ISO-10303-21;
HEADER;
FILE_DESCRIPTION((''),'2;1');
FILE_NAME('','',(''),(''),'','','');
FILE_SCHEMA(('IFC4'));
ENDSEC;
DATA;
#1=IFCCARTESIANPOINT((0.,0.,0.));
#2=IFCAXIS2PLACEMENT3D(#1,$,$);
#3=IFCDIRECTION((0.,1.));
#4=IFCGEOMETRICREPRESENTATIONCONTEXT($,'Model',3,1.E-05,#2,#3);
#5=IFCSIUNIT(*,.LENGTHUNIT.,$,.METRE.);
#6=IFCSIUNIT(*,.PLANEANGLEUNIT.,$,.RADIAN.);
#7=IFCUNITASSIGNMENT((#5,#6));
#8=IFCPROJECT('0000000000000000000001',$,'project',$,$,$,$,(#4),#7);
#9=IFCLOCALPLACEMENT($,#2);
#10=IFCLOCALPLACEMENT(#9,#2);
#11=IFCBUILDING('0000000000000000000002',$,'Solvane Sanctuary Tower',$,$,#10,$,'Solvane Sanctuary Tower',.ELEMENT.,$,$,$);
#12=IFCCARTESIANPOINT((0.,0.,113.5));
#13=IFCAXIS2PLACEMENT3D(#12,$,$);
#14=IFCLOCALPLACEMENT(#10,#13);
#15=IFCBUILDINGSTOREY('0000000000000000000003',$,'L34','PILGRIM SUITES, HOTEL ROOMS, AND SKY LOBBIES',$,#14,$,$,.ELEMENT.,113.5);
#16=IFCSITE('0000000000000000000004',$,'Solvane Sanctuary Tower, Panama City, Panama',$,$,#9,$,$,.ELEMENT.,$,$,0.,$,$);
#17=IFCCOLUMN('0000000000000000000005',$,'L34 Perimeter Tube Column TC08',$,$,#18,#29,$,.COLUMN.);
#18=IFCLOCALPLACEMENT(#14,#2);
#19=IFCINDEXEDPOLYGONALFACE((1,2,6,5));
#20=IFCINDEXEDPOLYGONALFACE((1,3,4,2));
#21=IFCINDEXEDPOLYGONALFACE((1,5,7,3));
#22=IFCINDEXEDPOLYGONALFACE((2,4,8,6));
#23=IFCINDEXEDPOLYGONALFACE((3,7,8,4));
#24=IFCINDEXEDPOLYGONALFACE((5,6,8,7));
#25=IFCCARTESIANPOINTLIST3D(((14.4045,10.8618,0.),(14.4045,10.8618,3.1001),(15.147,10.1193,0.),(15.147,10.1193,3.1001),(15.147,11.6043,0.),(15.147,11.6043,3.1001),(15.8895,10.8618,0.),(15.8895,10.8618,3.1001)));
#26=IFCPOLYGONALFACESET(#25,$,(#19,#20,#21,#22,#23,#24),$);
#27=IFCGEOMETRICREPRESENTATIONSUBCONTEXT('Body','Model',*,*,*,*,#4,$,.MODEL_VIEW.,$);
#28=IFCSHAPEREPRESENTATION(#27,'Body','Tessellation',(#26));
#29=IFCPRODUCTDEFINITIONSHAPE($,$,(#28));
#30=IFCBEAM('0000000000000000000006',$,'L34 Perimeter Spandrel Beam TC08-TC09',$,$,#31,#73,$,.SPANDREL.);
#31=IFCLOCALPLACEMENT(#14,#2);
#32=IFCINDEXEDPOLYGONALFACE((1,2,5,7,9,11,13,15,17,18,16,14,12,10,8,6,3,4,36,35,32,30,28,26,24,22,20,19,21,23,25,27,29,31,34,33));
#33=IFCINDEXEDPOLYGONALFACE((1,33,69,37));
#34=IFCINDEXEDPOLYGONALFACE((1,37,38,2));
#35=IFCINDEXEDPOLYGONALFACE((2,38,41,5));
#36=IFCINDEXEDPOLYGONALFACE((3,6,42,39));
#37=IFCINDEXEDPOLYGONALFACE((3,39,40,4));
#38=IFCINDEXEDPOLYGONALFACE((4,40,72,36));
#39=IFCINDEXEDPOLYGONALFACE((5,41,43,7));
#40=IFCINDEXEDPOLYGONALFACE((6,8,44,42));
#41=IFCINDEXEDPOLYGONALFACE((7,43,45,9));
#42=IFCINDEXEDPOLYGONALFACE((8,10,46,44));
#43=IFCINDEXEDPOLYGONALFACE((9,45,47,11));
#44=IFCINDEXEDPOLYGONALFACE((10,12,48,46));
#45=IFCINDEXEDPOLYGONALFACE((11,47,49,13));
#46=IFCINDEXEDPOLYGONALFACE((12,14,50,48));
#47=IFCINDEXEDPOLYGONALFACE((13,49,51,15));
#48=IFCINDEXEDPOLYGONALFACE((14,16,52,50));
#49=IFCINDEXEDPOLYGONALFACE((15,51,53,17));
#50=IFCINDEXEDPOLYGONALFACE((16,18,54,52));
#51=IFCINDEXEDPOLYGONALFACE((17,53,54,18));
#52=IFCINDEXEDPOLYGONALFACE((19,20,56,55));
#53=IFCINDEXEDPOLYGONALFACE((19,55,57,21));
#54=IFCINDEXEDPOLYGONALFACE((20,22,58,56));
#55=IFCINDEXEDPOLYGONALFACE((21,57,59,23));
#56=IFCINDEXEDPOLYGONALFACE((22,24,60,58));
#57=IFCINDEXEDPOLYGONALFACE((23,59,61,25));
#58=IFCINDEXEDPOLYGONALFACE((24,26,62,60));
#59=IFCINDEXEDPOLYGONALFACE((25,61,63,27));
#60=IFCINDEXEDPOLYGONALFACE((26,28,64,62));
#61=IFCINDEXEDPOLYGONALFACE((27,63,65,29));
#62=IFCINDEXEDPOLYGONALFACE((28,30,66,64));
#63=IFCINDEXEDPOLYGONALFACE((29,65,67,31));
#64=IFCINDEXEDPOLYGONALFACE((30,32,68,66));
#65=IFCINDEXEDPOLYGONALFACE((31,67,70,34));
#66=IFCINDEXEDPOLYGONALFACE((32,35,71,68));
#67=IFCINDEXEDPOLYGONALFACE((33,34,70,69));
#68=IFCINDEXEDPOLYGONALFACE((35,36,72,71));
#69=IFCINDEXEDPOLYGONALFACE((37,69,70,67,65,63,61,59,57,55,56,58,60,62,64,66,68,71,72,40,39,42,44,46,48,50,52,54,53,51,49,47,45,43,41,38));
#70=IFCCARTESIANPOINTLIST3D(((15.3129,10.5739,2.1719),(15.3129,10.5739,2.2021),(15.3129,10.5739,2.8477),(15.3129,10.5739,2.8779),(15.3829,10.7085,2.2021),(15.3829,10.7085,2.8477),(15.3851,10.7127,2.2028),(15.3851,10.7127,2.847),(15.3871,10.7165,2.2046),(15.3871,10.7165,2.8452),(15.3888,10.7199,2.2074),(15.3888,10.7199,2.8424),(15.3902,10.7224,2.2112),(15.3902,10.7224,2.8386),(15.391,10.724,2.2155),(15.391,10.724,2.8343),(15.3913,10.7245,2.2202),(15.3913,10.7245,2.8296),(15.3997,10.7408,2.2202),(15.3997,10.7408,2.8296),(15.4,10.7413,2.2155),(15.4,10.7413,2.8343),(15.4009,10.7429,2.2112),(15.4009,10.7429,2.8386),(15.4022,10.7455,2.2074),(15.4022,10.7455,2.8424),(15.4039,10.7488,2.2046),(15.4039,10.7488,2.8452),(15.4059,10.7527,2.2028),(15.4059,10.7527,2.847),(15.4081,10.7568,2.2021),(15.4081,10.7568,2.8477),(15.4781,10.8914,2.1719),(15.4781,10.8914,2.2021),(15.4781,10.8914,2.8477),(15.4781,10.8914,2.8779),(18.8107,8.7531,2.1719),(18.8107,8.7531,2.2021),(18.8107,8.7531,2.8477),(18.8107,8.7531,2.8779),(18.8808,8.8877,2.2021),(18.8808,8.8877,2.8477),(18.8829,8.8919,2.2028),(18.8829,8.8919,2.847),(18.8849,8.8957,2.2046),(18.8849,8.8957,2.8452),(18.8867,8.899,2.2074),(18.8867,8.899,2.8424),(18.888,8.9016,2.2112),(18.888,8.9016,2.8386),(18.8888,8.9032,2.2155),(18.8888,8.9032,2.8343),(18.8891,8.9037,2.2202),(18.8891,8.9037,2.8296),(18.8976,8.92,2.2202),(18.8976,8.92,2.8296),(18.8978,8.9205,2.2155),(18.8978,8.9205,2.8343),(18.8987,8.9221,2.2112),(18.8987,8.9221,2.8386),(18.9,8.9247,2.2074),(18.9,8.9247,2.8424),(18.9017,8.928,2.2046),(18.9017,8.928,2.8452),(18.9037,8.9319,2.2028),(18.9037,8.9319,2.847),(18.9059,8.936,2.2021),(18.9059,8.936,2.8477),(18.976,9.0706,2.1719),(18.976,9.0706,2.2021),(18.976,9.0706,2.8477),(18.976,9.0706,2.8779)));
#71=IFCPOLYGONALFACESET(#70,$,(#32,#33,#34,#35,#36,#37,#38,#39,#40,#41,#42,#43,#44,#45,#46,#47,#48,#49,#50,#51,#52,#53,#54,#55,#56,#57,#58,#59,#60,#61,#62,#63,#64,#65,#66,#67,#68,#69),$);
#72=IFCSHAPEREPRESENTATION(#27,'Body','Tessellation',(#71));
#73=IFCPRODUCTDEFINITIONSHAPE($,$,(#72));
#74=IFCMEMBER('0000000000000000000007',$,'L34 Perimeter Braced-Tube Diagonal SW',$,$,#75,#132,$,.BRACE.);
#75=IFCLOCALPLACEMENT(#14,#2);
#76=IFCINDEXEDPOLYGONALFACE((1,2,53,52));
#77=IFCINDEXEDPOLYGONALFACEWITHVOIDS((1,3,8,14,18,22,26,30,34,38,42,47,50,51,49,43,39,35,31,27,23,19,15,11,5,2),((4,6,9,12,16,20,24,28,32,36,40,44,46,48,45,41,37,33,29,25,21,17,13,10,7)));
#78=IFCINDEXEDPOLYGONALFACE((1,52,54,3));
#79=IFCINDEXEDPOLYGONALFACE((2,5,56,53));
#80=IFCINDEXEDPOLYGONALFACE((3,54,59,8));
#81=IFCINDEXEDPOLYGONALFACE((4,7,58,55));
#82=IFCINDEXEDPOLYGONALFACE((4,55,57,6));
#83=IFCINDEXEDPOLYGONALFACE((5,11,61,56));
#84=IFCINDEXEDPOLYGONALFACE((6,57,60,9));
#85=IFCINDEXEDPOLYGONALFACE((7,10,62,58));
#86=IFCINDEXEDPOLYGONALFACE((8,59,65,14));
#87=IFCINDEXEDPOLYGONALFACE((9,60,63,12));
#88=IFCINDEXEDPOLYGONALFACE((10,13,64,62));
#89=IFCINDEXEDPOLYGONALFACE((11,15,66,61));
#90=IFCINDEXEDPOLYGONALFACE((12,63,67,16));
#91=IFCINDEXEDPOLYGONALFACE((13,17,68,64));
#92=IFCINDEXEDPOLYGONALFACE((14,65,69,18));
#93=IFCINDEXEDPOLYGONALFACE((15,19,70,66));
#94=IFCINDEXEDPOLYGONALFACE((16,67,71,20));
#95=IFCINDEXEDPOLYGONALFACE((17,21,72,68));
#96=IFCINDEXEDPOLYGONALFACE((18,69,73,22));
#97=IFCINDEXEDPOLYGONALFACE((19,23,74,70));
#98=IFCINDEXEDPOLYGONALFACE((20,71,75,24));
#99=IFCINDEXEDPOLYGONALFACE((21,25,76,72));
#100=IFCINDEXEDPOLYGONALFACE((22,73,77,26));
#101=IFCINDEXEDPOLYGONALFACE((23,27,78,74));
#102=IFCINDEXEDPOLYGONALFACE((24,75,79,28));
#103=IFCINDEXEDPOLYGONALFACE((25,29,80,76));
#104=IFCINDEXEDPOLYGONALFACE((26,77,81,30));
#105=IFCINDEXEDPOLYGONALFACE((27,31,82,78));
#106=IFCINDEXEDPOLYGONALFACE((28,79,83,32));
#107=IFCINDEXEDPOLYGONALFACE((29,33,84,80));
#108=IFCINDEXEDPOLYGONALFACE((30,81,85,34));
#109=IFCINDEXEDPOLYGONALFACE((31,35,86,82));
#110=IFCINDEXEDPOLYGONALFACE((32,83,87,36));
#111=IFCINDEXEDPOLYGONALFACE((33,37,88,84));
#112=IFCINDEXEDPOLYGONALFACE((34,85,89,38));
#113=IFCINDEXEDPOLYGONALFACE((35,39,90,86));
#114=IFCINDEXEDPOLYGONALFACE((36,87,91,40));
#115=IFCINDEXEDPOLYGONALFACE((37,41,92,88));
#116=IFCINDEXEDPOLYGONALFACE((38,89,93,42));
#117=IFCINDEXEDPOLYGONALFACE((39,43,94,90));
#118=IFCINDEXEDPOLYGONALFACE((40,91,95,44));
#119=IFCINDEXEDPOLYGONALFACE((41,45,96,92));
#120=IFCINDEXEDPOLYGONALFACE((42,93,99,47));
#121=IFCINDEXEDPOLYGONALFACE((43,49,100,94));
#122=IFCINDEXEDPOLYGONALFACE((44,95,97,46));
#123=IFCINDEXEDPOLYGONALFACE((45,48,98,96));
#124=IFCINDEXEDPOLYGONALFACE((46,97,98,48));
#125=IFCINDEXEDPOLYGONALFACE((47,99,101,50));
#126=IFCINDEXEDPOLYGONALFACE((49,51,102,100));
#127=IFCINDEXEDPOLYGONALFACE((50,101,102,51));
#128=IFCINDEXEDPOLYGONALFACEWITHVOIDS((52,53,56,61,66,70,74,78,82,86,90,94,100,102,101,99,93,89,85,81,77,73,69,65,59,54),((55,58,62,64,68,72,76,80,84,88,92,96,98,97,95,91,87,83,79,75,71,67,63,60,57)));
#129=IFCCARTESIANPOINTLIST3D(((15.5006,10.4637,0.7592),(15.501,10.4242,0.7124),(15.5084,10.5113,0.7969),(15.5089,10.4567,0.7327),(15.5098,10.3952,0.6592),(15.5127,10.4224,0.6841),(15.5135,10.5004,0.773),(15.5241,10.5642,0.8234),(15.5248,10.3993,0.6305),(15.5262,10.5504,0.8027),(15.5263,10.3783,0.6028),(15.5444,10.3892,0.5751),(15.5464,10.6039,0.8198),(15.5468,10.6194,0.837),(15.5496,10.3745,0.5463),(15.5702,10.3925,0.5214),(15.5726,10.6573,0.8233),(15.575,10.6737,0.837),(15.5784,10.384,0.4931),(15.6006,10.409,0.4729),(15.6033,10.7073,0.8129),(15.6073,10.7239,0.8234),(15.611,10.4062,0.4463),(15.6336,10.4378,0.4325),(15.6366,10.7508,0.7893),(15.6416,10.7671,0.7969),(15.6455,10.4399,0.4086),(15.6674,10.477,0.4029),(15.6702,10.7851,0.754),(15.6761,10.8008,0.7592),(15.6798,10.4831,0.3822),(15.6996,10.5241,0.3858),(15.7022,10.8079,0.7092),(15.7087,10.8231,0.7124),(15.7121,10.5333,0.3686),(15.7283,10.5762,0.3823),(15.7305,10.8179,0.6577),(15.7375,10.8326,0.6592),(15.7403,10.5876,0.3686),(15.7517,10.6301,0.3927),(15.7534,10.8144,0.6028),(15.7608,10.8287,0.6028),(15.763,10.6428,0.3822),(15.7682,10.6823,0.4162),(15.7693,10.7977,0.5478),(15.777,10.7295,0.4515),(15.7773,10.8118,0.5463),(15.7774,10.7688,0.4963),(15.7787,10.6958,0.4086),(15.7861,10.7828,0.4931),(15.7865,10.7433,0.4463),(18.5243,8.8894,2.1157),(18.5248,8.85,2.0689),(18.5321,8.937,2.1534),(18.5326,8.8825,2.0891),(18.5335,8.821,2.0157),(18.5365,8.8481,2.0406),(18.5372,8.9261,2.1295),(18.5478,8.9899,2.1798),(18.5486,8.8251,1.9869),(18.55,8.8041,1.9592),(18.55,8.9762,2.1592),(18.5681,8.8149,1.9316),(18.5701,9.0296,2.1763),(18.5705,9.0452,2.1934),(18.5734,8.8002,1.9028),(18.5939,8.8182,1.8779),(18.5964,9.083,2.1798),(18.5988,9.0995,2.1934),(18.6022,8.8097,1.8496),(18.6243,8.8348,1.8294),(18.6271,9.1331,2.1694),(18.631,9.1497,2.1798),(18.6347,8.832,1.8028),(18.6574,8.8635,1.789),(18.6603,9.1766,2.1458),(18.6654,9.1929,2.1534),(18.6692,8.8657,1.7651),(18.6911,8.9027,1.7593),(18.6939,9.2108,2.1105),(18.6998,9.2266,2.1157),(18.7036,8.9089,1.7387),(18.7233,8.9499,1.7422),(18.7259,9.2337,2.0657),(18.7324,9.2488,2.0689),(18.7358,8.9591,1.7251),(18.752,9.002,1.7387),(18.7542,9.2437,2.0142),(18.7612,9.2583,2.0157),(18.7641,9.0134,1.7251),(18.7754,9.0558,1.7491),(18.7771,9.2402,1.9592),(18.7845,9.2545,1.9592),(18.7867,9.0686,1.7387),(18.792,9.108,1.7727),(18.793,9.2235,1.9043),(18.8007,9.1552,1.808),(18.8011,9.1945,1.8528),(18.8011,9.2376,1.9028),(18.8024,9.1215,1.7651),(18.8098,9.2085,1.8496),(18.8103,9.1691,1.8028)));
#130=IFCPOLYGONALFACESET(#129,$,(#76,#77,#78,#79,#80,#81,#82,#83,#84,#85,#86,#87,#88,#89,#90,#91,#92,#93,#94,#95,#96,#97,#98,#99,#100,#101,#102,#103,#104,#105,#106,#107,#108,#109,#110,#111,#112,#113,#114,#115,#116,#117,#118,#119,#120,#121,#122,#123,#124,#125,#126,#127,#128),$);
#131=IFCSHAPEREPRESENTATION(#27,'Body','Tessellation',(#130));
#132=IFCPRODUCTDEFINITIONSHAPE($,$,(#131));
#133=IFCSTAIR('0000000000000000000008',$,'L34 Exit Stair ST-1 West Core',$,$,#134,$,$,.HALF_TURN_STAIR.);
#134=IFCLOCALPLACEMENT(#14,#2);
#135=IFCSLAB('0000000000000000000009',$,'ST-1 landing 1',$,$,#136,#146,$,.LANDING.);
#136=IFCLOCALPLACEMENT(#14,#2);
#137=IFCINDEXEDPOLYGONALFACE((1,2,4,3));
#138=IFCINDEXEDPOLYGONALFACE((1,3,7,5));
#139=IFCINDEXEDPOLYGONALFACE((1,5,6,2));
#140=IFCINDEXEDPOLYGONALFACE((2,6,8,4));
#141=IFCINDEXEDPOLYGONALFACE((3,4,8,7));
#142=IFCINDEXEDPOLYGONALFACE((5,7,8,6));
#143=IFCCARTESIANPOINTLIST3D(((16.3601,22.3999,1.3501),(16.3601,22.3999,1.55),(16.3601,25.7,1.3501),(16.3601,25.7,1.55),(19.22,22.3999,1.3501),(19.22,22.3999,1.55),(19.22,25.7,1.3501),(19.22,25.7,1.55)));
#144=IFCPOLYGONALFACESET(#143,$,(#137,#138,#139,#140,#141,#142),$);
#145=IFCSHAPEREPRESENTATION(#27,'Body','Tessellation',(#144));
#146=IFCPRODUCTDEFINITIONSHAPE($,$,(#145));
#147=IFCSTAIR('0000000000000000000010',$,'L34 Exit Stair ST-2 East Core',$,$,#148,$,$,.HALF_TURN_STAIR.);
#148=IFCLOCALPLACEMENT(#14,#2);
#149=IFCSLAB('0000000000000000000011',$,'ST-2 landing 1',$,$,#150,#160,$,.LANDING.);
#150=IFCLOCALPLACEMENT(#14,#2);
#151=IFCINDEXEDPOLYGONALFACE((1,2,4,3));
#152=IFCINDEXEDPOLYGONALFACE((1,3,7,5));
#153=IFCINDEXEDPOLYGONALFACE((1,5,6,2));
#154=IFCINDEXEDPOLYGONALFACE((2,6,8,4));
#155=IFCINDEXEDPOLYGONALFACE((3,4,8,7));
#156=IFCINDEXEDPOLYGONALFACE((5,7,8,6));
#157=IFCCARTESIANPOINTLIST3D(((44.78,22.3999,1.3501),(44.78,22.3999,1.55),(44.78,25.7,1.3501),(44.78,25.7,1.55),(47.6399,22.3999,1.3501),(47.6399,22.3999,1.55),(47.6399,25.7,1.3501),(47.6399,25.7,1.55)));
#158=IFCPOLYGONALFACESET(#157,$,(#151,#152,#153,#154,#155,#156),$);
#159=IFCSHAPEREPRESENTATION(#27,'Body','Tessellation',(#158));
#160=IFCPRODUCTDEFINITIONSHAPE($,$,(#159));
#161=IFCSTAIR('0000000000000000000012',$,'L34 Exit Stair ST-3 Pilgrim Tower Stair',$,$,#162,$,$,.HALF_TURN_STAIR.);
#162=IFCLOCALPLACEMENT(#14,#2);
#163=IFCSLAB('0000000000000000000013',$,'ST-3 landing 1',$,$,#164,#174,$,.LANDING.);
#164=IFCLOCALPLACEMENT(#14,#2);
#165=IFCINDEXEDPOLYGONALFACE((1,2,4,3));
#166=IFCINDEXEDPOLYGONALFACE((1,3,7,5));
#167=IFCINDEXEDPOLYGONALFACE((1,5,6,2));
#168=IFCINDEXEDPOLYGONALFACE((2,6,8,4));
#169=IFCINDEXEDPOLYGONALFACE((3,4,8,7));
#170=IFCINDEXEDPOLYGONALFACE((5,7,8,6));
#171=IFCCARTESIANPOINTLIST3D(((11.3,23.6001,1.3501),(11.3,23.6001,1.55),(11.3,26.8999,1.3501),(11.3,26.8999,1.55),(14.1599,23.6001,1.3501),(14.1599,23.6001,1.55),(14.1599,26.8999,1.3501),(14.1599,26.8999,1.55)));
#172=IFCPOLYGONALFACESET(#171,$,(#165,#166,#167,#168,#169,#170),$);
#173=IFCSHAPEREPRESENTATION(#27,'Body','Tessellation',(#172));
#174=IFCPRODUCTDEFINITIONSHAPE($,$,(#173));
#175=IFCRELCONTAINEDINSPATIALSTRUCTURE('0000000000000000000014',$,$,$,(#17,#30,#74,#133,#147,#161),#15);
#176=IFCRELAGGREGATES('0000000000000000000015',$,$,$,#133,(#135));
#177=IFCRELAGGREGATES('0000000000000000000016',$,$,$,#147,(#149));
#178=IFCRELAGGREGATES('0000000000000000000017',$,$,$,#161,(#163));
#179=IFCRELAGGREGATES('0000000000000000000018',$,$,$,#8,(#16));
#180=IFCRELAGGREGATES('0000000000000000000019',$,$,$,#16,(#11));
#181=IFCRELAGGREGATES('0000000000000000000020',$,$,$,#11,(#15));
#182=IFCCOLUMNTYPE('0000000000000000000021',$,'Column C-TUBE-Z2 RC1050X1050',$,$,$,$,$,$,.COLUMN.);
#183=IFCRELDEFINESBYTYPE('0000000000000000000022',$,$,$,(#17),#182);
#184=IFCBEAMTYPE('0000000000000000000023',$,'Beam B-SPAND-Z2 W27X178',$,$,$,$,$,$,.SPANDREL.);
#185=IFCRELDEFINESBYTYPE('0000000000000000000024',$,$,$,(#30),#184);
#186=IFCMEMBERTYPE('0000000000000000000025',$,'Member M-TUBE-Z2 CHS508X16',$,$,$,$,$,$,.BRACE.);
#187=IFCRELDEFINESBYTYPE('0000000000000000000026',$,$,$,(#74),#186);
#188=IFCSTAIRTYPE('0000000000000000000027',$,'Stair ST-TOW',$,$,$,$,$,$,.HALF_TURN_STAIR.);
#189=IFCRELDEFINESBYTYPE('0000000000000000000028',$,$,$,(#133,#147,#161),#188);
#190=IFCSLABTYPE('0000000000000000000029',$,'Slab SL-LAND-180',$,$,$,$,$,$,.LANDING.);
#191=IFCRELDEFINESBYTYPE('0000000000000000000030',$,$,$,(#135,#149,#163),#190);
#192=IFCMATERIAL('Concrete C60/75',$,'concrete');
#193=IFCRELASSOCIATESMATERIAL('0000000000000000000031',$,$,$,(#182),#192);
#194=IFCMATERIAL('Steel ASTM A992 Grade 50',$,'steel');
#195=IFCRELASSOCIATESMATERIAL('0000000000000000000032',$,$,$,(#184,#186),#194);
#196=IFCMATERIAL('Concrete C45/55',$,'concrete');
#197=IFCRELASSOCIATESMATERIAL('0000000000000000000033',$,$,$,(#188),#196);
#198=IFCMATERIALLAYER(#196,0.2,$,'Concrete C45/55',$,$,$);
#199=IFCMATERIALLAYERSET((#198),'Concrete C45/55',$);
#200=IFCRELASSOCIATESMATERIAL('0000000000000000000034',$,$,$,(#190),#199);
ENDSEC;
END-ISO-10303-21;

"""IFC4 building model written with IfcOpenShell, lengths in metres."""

from ifc_helpers import new_model, si_unit, direction, frame, origin, origin_2d, place, context, subcontext, project, spatial, polyline, rectangle, hollow_circle, i_section, outline, extrude, material, layer, layer_set, material_profile, profile_set, type_object, element, aggregate, save


model = new_model("IFC4")

# Units and contexts
model_context = context("Model", 3, precision=1e-05, world=origin(), true_north=direction((0.0, 1.0)))
body_context = subcontext(model_context, "Body", "Model", "MODEL_VIEW")
ifc_project = project(units=[si_unit("LENGTHUNIT", "METRE"), si_unit("PLANEANGLEUNIT", "RADIAN")], contexts=[model_context])

# Site, building, storey
site_placement = place(None, origin())
site = spatial("IfcSite", under=ifc_project, at=site_placement, Name="Solvane Sanctuary Tower, Panama City, Panama", CompositionType="ELEMENT", RefElevation=0.0)
building_placement = place(site_placement, origin())
building = spatial("IfcBuilding", under=site, at=building_placement, Name="Solvane Sanctuary Tower", LongName="Solvane Sanctuary Tower", CompositionType="ELEMENT")
storey_placement = place(building_placement, frame((0.0, 0.0, 113.5)))
storey = spatial("IfcBuildingStorey", under=building, at=storey_placement, Name="L34", Description="PILGRIM SUITES, HOTEL ROOMS, AND SKY LOBBIES", CompositionType="ELEMENT", Elevation=113.5)

# Column
ifc_material_1 = material(Name="Concrete C60/75", Category="concrete")
ifc_material_profile_1 = material_profile(ifc_material_1, rectangle(XDim=1.05, YDim=1.05, at=origin_2d()), Name="RC1050X1050")
ifc_profile_set_1 = profile_set([ifc_material_profile_1], Name="Concrete C60/75")
column_type = type_object("IfcColumnType", Name="Column C-TUBE-Z2 RC1050X1050", PredefinedType="COLUMN", material=ifc_profile_set_1)
column_placement = place(storey_placement, frame((15.147, 10.8618, 0.0), z_axis=(0.0, 0.0, 1.0), x_axis=(-0.707107, -0.707107, 0.0)))
element("IfcColumn", 1, at=column_placement, inside=storey, type_object=column_type, Name="L34 Perimeter Tube Column TC08", PredefinedType="COLUMN", context=body_context, shape_type="SweptSolid", body=[
    extrude(rectangle(XDim=1.05, YDim=1.05, at=origin_2d()), origin(), (0.0, 0.0, 1.0), 3.1001),
])

# Beam
ifc_material_2 = material(Name="Steel ASTM A992 Grade 50", Category="steel")
ifc_material_profile_2 = material_profile(ifc_material_2, i_section(OverallWidth=0.3579, OverallDepth=0.7061, WebThickness=0.0183, FlangeThickness=0.0303, FilletRadius=0.0181, at=origin_2d()), Name="W27X178")
ifc_profile_set_2 = profile_set([ifc_material_profile_2], Name="Steel ASTM A992 Grade 50")
beam_type = type_object("IfcBeamType", Name="Beam B-SPAND-Z2 W27X178", PredefinedType="SPANDREL", material=ifc_profile_set_2)
beam_placement = place(storey_placement, frame((15.3955, 10.7327, 2.5249), z_axis=(0.887015, -0.461741, 0.0), x_axis=(0.461741, 0.887015, 0.0)))
element("IfcBeam", 2, at=beam_placement, inside=storey, type_object=beam_type, Name="L34 Perimeter Spandrel Beam TC08-TC09", PredefinedType="SPANDREL", context=body_context, shape_type="SweptSolid", body=[
    extrude(i_section(OverallWidth=0.3579, OverallDepth=0.7061, WebThickness=0.0183, FlangeThickness=0.0303, FilletRadius=0.0181, at=origin_2d()), origin(), (0.0, 0.0, 1.0), 3.9434),
])

# Member
ifc_material_profile_3 = material_profile(ifc_material_2, hollow_circle(Radius=0.2539, WallThickness=0.0161, at=origin_2d()), Name="CHS508X16")
ifc_profile_set_3 = profile_set([ifc_material_profile_3], Name="Steel ASTM A992 Grade 50")
member_type = type_object("IfcMemberType", Name="Member M-TUBE-Z2 CHS508X16", PredefinedType="BRACE", material=ifc_profile_set_3)
member_placement = place(storey_placement, frame((15.6436, 10.6035, 0.6028), z_axis=(0.824141, -0.429072, 0.369715), x_axis=(0.461792, 0.886988, 0.0)))
element("IfcMember", 3, at=member_placement, inside=storey, type_object=member_type, Name="L34 Perimeter Braced-Tube Diagonal SW", PredefinedType="BRACE", context=body_context, shape_type="SweptSolid", body=[
    extrude(hollow_circle(Radius=0.2539, WallThickness=0.0161, at=origin_2d()), origin(), (0.0, 0.0, 1.0), 3.6689),
])

# Stairs, slabs
ifc_material_3 = material(Name="Concrete C45/55", Category="concrete")
stair_type = type_object("IfcStairType", Name="Stair ST-TOW", PredefinedType="HALF_TURN_STAIR", material=ifc_material_3)
stair_1_placement = place(storey_placement, origin())
stair_1 = element("IfcStair", 4, at=stair_1_placement, inside=storey, type_object=stair_type, Name="L34 Exit Stair ST-1 West Core", PredefinedType="HALF_TURN_STAIR")
ifc_layer_1 = layer(ifc_material_3, 0.2, Name="Concrete C45/55")
ifc_layer_set_1 = layer_set([ifc_layer_1], Name="Concrete C45/55")
slab_type_1 = type_object("IfcSlabType", Name="Slab SL-LAND-180", PredefinedType="LANDING", material=ifc_layer_set_1)
slab_1_placement = place(storey_placement, frame((0.0, 0.0, 1.3501)))
slab_1 = element("IfcSlab", 5, at=slab_1_placement, type_object=slab_type_1, Name="ST-1 landing 1", PredefinedType="LANDING", context=body_context, shape_type="SweptSolid", body=[
    extrude(outline(polyline([(19.22, 22.3999), (19.22, 25.7), (16.3601, 25.7), (16.3601, 22.3999), (19.22, 22.3999)])), origin(), (0.0, 0.0, 1.0), 0.2),
])
aggregate(stair_1, [slab_1])
stair_2_placement = place(storey_placement, origin())
stair_2 = element("IfcStair", 6, at=stair_2_placement, inside=storey, type_object=stair_type, Name="L34 Exit Stair ST-2 East Core", PredefinedType="HALF_TURN_STAIR")
slab_2_placement = place(storey_placement, frame((0.0, 0.0, 1.3501)))
slab_2 = element("IfcSlab", 7, at=slab_2_placement, type_object=slab_type_1, Name="ST-2 landing 1", PredefinedType="LANDING", context=body_context, shape_type="SweptSolid", body=[
    extrude(outline(polyline([(47.6399, 22.3999), (47.6399, 25.7), (44.78, 25.7), (44.78, 22.3999), (47.6399, 22.3999)])), origin(), (0.0, 0.0, 1.0), 0.2),
])
aggregate(stair_2, [slab_2])
stair_3_placement = place(storey_placement, origin())
stair_3 = element("IfcStair", 8, at=stair_3_placement, inside=storey, type_object=stair_type, Name="L34 Exit Stair ST-3 Pilgrim Tower Stair", PredefinedType="HALF_TURN_STAIR")
slab_3_placement = place(storey_placement, frame((0.0, 0.0, 1.3501)))
slab_3 = element("IfcSlab", 9, at=slab_3_placement, type_object=slab_type_1, Name="ST-3 landing 1", PredefinedType="LANDING", context=body_context, shape_type="SweptSolid", body=[
    extrude(outline(polyline([(14.1599, 23.6001), (14.1599, 26.8999), (11.3, 26.8999), (11.3, 23.6001), (14.1599, 23.6001)])), origin(), (0.0, 0.0, 1.0), 0.2),
])
aggregate(stair_3, [slab_3])

save(model, "model.ifc")
